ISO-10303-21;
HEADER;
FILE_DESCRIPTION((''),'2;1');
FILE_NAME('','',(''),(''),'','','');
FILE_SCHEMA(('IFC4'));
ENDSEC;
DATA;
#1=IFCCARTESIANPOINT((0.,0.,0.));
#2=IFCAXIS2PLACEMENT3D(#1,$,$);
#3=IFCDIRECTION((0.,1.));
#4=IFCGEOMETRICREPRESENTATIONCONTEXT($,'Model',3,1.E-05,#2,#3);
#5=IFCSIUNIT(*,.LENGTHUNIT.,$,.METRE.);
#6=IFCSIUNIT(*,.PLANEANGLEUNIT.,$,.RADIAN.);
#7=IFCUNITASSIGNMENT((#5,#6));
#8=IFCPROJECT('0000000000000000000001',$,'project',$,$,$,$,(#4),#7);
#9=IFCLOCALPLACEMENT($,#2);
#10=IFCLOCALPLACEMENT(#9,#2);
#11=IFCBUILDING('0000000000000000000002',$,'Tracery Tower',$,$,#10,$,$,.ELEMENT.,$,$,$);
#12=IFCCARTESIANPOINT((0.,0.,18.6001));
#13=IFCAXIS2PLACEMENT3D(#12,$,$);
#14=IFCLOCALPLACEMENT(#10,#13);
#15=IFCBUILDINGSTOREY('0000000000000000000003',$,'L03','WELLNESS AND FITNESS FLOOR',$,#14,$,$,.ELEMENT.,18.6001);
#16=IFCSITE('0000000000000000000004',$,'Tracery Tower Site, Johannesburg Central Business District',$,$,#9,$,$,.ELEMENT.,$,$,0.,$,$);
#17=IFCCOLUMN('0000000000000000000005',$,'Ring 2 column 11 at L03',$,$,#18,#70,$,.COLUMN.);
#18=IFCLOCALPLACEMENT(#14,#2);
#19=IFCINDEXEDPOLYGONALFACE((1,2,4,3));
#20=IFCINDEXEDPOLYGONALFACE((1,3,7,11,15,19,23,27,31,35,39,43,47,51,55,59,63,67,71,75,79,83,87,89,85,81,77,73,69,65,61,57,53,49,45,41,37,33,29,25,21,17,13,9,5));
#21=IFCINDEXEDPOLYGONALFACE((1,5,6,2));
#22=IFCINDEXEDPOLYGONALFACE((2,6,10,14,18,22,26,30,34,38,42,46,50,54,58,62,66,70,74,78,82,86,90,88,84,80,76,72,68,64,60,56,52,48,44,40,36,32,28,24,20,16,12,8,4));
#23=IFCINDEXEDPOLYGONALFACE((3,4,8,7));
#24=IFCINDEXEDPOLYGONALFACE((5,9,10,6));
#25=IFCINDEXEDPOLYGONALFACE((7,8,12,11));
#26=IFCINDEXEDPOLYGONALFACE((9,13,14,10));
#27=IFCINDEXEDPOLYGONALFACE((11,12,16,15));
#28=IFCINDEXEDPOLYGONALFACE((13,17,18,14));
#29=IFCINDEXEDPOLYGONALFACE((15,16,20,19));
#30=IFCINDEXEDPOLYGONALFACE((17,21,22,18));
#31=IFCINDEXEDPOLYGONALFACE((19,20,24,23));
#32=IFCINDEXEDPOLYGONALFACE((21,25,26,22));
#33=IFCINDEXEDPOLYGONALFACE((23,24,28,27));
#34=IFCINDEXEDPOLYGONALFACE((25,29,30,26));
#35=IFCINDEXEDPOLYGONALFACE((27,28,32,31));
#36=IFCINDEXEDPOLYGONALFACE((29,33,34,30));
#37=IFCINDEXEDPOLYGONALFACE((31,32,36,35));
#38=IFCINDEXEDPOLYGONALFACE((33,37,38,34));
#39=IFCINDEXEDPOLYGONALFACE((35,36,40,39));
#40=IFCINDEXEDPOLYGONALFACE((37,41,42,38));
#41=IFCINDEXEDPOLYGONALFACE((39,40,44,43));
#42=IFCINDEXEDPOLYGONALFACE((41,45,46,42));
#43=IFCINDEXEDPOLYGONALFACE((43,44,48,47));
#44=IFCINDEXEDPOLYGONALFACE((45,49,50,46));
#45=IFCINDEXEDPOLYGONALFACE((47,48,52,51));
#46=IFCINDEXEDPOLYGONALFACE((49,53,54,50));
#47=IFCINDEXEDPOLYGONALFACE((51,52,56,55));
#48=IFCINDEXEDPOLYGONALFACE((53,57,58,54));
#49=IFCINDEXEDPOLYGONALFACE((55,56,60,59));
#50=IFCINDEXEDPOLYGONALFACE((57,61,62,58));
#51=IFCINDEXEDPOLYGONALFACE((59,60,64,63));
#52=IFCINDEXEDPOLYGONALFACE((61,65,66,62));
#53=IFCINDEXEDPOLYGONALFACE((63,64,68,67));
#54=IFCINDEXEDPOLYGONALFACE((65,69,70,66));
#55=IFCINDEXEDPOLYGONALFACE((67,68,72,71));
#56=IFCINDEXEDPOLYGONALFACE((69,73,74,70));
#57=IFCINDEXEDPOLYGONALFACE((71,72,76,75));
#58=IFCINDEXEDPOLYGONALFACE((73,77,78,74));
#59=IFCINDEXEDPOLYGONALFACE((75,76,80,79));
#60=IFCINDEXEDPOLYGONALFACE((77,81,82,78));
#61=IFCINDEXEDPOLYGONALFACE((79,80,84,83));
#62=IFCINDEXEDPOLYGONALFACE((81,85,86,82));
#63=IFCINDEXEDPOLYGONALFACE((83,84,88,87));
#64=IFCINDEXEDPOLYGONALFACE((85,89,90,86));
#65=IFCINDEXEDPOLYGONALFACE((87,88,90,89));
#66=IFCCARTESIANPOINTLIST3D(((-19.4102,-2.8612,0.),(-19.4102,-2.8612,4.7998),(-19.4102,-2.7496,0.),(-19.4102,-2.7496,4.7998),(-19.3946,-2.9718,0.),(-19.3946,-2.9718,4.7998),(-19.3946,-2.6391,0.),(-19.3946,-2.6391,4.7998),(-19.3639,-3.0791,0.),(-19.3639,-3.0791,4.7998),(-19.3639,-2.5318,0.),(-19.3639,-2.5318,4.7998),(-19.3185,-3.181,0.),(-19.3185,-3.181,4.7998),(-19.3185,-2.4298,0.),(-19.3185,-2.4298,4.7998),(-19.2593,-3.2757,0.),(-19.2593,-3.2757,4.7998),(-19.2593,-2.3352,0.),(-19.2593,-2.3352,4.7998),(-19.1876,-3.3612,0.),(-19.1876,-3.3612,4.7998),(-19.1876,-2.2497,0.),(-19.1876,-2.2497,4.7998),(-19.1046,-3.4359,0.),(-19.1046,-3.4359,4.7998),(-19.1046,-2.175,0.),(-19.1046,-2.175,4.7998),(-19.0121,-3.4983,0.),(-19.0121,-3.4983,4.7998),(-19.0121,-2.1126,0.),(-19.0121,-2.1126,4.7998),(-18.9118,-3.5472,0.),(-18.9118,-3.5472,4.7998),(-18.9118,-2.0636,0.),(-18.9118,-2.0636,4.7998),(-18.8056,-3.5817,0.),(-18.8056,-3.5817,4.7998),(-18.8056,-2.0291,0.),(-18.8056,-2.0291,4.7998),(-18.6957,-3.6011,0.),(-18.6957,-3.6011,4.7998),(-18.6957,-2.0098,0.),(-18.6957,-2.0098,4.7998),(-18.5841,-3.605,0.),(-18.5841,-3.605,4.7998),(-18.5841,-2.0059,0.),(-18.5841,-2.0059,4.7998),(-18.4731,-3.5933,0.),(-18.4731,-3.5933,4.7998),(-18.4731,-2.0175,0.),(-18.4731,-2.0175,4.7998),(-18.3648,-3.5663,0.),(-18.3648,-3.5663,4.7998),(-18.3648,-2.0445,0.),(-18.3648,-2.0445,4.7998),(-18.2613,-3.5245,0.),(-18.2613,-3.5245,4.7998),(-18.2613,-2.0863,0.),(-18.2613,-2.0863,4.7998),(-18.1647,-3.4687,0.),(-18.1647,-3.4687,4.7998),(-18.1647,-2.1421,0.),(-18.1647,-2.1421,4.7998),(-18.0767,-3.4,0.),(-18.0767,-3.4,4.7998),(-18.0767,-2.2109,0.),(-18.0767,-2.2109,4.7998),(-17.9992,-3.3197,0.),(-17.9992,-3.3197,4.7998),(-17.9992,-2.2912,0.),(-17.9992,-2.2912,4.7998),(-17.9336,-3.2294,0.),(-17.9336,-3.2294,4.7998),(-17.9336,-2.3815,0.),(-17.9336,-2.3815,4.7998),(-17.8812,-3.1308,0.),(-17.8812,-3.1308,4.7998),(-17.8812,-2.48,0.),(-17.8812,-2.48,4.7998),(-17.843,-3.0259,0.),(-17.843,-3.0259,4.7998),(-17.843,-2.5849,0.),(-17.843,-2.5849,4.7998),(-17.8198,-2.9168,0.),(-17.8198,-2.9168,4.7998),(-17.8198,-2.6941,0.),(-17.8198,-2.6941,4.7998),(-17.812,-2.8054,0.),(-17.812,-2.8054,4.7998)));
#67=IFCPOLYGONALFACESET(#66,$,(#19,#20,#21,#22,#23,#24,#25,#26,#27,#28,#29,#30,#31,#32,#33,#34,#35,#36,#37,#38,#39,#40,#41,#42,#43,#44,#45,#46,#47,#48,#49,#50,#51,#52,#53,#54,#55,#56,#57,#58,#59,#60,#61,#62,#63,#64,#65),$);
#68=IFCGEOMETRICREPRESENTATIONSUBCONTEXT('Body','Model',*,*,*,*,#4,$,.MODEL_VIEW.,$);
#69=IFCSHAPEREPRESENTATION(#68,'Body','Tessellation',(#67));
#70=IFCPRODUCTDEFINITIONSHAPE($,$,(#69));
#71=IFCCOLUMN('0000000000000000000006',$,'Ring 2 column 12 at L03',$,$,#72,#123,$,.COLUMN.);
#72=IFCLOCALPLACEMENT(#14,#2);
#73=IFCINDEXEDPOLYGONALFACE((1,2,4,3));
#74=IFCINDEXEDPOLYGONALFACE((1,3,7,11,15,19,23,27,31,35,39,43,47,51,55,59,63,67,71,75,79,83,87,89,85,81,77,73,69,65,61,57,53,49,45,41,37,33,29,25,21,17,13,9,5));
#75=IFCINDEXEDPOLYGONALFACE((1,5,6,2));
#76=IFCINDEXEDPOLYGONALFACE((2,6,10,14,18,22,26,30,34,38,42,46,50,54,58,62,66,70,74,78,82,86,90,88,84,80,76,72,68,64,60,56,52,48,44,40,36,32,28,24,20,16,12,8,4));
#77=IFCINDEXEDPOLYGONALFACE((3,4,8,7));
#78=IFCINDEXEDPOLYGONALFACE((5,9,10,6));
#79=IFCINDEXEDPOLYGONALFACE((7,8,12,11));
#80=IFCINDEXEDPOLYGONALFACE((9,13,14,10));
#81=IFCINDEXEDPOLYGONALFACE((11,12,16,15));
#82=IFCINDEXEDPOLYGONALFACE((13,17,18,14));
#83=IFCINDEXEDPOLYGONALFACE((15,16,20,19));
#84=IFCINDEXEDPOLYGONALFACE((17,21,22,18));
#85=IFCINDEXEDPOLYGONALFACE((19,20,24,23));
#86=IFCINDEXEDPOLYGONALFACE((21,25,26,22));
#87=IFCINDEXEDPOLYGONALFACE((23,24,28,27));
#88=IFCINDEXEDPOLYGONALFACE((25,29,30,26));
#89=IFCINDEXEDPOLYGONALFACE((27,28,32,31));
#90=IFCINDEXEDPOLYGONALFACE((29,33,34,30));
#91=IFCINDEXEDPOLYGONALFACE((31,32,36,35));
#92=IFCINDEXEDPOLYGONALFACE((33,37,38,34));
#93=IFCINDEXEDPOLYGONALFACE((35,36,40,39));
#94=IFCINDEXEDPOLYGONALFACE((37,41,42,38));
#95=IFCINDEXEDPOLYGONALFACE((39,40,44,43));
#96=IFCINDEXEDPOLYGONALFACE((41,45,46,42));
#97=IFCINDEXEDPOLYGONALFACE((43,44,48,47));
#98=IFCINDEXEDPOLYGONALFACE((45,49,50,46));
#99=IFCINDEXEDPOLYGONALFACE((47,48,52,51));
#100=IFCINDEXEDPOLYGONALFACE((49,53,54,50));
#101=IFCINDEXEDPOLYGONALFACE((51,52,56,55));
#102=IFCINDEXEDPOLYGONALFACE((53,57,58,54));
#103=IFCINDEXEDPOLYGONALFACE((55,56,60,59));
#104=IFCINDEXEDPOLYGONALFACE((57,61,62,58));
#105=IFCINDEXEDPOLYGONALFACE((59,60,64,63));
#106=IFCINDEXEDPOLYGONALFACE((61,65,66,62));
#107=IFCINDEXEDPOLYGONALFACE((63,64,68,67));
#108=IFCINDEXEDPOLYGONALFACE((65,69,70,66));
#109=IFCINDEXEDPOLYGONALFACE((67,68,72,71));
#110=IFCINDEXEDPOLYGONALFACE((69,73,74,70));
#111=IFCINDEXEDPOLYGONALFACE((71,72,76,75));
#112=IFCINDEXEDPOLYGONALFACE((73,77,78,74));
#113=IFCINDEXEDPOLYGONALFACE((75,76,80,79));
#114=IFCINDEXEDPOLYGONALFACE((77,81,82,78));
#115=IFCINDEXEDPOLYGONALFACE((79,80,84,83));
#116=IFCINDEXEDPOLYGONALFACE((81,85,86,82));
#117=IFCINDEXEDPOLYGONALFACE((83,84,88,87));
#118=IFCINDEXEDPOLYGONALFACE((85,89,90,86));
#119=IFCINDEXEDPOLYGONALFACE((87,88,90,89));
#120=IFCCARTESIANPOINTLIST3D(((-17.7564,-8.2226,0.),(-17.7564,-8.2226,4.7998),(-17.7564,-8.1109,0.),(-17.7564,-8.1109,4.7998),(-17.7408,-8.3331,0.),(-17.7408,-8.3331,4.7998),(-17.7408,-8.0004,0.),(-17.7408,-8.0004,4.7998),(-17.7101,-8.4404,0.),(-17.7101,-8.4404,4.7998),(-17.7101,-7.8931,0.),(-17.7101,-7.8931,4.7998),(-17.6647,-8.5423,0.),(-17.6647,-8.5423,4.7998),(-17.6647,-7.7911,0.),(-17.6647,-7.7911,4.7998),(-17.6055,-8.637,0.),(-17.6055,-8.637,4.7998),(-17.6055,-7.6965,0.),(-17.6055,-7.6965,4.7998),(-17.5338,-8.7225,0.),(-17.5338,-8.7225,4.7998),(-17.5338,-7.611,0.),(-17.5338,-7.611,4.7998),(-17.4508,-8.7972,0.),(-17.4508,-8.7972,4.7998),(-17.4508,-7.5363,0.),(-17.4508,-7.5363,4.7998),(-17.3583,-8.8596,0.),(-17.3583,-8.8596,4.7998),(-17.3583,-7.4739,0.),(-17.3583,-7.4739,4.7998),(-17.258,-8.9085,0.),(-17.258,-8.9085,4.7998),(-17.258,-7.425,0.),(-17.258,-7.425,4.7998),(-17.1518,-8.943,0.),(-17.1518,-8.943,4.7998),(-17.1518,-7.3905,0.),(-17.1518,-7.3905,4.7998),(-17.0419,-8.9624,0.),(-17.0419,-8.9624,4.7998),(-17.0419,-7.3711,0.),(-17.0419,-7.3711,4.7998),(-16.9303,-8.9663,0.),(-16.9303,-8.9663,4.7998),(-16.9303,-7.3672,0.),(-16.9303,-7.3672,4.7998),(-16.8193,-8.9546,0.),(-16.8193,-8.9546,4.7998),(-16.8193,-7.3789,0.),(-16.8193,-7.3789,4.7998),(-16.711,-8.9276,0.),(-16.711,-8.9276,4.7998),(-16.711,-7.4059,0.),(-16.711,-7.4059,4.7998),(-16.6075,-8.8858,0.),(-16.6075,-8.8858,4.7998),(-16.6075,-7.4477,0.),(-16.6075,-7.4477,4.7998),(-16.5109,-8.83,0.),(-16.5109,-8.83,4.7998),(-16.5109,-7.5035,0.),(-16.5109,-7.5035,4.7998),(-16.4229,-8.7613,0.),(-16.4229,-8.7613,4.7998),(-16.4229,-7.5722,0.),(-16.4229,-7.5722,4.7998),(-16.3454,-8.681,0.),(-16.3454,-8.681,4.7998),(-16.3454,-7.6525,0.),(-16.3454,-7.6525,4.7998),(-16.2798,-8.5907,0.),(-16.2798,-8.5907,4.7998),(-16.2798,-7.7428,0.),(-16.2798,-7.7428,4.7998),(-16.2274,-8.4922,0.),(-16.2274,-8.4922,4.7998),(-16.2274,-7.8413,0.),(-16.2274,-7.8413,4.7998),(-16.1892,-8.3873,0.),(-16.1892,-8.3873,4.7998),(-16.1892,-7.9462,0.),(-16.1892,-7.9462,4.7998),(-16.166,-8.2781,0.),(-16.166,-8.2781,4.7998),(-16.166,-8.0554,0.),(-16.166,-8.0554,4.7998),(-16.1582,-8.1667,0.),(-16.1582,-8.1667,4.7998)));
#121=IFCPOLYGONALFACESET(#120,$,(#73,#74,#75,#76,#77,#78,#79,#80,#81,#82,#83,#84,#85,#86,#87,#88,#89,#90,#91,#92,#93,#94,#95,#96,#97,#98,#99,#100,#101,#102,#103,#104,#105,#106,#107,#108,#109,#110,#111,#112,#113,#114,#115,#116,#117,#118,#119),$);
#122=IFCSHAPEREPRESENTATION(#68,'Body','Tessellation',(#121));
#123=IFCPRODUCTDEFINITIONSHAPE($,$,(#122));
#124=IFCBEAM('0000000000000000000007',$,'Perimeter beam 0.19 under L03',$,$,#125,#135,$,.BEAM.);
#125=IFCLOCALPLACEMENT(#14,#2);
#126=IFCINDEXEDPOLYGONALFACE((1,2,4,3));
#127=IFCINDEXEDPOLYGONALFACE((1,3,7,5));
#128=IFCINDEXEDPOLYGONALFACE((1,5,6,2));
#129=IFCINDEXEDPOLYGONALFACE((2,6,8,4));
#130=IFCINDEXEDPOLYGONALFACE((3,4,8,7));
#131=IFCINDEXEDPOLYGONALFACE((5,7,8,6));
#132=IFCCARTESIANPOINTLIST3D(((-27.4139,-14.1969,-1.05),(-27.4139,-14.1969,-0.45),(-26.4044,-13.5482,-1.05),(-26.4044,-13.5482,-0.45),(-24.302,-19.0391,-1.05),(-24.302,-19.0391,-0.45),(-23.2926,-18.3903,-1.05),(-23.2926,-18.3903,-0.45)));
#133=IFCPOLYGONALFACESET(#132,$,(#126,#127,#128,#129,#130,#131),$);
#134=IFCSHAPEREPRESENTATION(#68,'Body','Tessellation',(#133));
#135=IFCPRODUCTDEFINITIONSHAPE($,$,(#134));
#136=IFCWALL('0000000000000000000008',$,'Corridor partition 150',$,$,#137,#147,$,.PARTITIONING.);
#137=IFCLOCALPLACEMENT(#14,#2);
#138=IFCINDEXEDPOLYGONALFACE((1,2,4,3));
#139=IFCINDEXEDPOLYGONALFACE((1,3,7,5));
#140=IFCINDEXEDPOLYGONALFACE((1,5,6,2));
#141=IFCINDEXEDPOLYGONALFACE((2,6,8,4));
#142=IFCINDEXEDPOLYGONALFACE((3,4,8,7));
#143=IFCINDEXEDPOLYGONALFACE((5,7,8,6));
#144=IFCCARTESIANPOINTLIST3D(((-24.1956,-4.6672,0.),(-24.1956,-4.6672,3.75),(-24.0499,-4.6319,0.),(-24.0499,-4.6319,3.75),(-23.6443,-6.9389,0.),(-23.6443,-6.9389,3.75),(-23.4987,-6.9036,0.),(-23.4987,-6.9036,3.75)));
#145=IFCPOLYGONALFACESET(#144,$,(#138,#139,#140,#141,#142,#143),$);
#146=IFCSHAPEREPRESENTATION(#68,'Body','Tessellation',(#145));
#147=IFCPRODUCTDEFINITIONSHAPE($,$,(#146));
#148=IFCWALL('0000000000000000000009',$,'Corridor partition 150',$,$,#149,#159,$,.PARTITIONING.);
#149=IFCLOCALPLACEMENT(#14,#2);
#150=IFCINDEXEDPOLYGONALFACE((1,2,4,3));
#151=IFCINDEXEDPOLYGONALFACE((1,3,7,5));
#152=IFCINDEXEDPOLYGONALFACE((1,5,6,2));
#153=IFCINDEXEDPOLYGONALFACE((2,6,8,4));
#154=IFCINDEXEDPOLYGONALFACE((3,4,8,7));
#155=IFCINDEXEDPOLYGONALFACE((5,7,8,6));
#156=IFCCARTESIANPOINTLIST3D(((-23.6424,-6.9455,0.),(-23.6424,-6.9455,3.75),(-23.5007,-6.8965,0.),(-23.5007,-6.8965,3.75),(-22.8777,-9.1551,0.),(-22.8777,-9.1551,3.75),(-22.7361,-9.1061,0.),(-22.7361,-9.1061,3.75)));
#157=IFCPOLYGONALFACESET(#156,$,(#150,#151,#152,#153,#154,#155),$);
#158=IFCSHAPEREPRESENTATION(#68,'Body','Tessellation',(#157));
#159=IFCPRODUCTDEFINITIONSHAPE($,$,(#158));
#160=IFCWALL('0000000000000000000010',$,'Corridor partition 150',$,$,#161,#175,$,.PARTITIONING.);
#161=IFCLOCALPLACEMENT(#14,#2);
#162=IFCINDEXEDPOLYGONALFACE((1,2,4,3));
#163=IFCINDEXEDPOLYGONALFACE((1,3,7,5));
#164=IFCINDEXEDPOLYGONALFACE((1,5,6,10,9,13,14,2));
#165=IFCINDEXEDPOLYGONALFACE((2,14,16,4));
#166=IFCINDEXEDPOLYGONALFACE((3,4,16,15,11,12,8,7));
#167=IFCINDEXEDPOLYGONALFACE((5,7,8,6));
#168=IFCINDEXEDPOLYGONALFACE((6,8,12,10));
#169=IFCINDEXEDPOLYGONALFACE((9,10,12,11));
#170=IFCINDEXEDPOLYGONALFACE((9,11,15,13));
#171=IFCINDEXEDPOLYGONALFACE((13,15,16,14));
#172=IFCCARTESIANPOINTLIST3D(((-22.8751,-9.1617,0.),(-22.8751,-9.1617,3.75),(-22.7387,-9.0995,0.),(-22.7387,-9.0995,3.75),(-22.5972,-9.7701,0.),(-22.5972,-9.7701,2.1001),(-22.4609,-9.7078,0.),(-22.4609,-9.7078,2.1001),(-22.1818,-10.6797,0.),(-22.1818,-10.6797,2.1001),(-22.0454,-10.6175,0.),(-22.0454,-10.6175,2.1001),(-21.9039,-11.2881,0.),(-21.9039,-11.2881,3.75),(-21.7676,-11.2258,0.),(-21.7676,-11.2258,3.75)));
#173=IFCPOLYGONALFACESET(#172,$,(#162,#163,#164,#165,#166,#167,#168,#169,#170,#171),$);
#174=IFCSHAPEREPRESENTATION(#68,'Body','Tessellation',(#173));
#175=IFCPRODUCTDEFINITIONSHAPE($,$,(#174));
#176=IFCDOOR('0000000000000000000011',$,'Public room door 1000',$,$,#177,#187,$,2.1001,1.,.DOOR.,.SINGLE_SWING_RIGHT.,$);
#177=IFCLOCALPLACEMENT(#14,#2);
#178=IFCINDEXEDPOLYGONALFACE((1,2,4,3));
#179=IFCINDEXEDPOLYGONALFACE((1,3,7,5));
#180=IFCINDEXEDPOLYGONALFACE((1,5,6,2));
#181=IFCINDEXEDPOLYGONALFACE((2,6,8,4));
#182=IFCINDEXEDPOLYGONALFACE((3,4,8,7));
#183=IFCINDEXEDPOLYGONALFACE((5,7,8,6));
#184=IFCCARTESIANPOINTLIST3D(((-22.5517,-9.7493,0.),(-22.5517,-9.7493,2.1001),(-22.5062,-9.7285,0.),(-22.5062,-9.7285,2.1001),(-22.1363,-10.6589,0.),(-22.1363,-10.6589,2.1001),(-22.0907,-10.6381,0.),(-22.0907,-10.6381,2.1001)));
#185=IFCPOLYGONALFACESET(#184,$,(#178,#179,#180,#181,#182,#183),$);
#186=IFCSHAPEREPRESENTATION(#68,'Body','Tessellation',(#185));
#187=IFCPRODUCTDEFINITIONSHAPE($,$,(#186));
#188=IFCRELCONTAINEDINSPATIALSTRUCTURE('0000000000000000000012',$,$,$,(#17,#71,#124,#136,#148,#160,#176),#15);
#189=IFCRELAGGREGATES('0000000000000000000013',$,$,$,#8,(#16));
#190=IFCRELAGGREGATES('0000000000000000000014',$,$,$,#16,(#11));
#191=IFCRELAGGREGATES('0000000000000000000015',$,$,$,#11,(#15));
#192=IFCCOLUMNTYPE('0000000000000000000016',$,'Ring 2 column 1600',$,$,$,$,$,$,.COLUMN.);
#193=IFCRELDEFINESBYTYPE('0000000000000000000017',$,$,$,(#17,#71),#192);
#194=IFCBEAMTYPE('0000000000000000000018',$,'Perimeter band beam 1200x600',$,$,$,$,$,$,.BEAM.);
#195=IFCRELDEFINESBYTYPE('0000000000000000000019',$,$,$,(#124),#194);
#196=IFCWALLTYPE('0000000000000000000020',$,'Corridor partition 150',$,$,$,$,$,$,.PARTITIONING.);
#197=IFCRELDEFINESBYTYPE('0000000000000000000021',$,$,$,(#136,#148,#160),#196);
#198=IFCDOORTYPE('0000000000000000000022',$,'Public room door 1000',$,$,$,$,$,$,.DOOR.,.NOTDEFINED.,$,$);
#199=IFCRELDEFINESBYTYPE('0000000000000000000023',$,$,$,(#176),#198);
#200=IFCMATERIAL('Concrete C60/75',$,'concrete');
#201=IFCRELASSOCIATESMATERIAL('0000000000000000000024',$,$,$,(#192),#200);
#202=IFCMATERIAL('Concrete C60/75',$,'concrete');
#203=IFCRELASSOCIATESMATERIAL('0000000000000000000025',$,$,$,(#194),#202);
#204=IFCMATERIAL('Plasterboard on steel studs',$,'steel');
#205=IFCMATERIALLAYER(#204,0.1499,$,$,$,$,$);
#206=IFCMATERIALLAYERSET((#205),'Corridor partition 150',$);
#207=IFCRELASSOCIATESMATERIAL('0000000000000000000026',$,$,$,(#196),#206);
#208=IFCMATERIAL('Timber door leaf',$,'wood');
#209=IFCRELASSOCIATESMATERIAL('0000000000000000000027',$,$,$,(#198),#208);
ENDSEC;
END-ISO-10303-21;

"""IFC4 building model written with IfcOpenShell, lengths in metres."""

from ifc_helpers import new_model, si_unit, direction, frame, frame_2d, origin, origin_2d, place, context, subcontext, project, spatial, rectangle, circle, extrude, material, layer, layer_set, material_profile, profile_set, type_object, element, fill, save


model = new_model("IFC4")

# Units and contexts
model_context = context("Model", 3, precision=1e-05, world=origin(), true_north=direction((0.0, 1.0)))
body_context = subcontext(model_context, "Body", "Model", "MODEL_VIEW")
ifc_project = project(units=[si_unit("LENGTHUNIT", "METRE"), si_unit("PLANEANGLEUNIT", "RADIAN")], contexts=[model_context])

# Site, building, storey
site_placement = place(None, origin())
site = spatial("IfcSite", under=ifc_project, at=site_placement, Name="Tracery Tower Site, Johannesburg Central Business District", CompositionType="ELEMENT", RefElevation=0.0)
building_placement = place(site_placement, origin())
building = spatial("IfcBuilding", under=site, at=building_placement, Name="Tracery Tower", CompositionType="ELEMENT")
storey_placement = place(building_placement, frame((0.0, 0.0, 18.6001)))
storey = spatial("IfcBuildingStorey", under=building, at=storey_placement, Name="L03", Description="WELLNESS AND FITNESS FLOOR", CompositionType="ELEMENT", Elevation=18.6001)

# Columns
ifc_material_1 = material(Name="Concrete C60/75", Category="concrete")
ifc_material_profile_1 = material_profile(ifc_material_1, circle(Radius=0.8, at=origin_2d()), Name="RC D1600")
ifc_profile_set_1 = profile_set([ifc_material_profile_1], Name="Concrete C60/75")
column_type_1 = type_object("IfcColumnType", Name="Ring 2 column 1600", PredefinedType="COLUMN", material=ifc_profile_set_1)
for number, where, z_axis, x_axis, name in (
    (1, (-18.6121, -2.8054, 0.0), (0.0, 0.0, 1.0), (1.0, 0.0, 0.0), "Ring 2 column 11 at L03"),
    (2, (-16.9583, -8.1667, 0.0), (0.0, 0.0, 1.0), (1.0, 0.0, 0.0), "Ring 2 column 12 at L03"),
):
    element("IfcColumn", number, at=place(storey_placement, frame(where, z_axis=z_axis, x_axis=x_axis)), inside=storey, type_object=column_type_1, Name=name, PredefinedType="COLUMN", context=body_context, shape_type="SweptSolid", body=[
        extrude(circle(Radius=0.8, at=origin_2d()), origin(), (0.0, 0.0, 1.0), 4.7998),
    ])

# Beam
ifc_material_2 = material(Name="Concrete C60/75", Category="concrete")
ifc_material_profile_2 = material_profile(ifc_material_2, rectangle(XDim=1.2, YDim=0.6001, at=origin_2d()), Name="RC 1200x600")
ifc_profile_set_2 = profile_set([ifc_material_profile_2], Name="Concrete C60/75")
beam_type = type_object("IfcBeamType", Name="Perimeter band beam 1200x600", PredefinedType="BEAM", material=ifc_profile_set_2)
beam_placement = place(storey_placement, frame((-26.9092, -13.8726, -0.75), z_axis=(0.540644, -0.841252, 0.0), x_axis=(0.841252, 0.540644, 0.0)))
element("IfcBeam", 3, at=beam_placement, inside=storey, type_object=beam_type, Name="Perimeter beam 0.19 under L03", PredefinedType="BEAM", context=body_context, shape_type="SweptSolid", body=[
    extrude(rectangle(XDim=1.2, YDim=0.6001, at=origin_2d()), origin(), (0.0, 0.0, 1.0), 5.7559),
])

# Walls
ifc_material_3 = material(Name="Plasterboard on steel studs", Category="steel")
ifc_layer_1 = layer(ifc_material_3, 0.1499)
ifc_layer_set_1 = layer_set([ifc_layer_1], Name="Corridor partition 150")
wall_type_1 = type_object("IfcWallType", Name="Corridor partition 150", PredefinedType="PARTITIONING", material=ifc_layer_set_1)
wall_1_placement = place(storey_placement, frame((-24.1228, -4.6494, 0.0), z_axis=(0.0, 0.0, 1.0), x_axis=(0.235821, -0.971796, 0.0)))
element("IfcWall", 4, at=wall_1_placement, inside=storey, type_object=wall_type_1, Name="Corridor partition 150", PredefinedType="PARTITIONING", context=body_context, shape_type="SweptSolid", body=[
    extrude(rectangle(XDim=2.3376, YDim=0.1499, at=frame_2d((1.1689, 0.0))), origin(), (0.0, 0.0, 1.0), 3.75),
])
wall_2_placement = place(storey_placement, frame((-23.5715, -6.9211, 0.0), z_axis=(0.0, 0.0, 1.0), x_axis=(0.327046, -0.945008, 0.0)))
element("IfcWall", 5, at=wall_2_placement, inside=storey, type_object=wall_type_1, Name="Corridor partition 150", PredefinedType="PARTITIONING", context=body_context, shape_type="SweptSolid", body=[
    extrude(rectangle(XDim=2.3381, YDim=0.1499, at=frame_2d((1.1689, 0.0))), origin(), (0.0, 0.0, 1.0), 3.75),
])

# Wall, opening, door
wall_3_placement = place(storey_placement, frame((-21.8357, -11.2571, 0.0), z_axis=(0.0, 0.0, 1.0), x_axis=(-0.415439, 0.909621, 0.0)))
wall_3 = element("IfcWall", 6, at=wall_3_placement, inside=storey, type_object=wall_type_1, Name="Corridor partition 150", PredefinedType="PARTITIONING", context=body_context, shape_type="SweptSolid", body=[
    extrude(rectangle(XDim=2.3376, YDim=0.1499, at=frame_2d((1.1689, 0.0))), origin(), (0.0, 0.0, 1.0), 3.75),
])
opening_1_placement = place(wall_3_placement, frame((0.6689, 0.0, 0.0)))
opening_1 = element("IfcOpeningElement", 7, at=opening_1_placement, cuts=wall_3, PredefinedType="OPENING", context=body_context, shape_type="SweptSolid", body=[
    extrude(rectangle(XDim=1.0, YDim=2.1001, at=frame_2d((0.5, 1.05))), frame((0.0, 0.075, 0.0), z_axis=(0.0, -1.0, 0.0), x_axis=(1.0, 0.0, 0.0)), (0.0, 0.0, 1.0), 0.1499),
])
ifc_material_4 = material(Name="Timber door leaf", Category="wood")
door_type_1 = type_object("IfcDoorType", Name="Public room door 1000", OperationType="NOTDEFINED", PredefinedType="DOOR", material=ifc_material_4)
door_1_placement = place(opening_1_placement, origin())
door_1 = element("IfcDoor", 8, at=door_1_placement, inside=storey, type_object=door_type_1, Name="Public room door 1000", OperationType="SINGLE_SWING_RIGHT", OverallHeight=2.1001, OverallWidth=1.0, PredefinedType="DOOR", context=body_context, shape_type="SweptSolid", body=[
    extrude(rectangle(XDim=1.0, YDim=2.1001, at=frame_2d((0.5, 1.05))), frame((0.0, 0.0249, 0.0), z_axis=(0.0, -1.0, 0.0), x_axis=(1.0, 0.0, 0.0)), (0.0, 0.0, 1.0), 0.05),
])
fill(opening_1, door_1)

save(model, "model.ifc")
